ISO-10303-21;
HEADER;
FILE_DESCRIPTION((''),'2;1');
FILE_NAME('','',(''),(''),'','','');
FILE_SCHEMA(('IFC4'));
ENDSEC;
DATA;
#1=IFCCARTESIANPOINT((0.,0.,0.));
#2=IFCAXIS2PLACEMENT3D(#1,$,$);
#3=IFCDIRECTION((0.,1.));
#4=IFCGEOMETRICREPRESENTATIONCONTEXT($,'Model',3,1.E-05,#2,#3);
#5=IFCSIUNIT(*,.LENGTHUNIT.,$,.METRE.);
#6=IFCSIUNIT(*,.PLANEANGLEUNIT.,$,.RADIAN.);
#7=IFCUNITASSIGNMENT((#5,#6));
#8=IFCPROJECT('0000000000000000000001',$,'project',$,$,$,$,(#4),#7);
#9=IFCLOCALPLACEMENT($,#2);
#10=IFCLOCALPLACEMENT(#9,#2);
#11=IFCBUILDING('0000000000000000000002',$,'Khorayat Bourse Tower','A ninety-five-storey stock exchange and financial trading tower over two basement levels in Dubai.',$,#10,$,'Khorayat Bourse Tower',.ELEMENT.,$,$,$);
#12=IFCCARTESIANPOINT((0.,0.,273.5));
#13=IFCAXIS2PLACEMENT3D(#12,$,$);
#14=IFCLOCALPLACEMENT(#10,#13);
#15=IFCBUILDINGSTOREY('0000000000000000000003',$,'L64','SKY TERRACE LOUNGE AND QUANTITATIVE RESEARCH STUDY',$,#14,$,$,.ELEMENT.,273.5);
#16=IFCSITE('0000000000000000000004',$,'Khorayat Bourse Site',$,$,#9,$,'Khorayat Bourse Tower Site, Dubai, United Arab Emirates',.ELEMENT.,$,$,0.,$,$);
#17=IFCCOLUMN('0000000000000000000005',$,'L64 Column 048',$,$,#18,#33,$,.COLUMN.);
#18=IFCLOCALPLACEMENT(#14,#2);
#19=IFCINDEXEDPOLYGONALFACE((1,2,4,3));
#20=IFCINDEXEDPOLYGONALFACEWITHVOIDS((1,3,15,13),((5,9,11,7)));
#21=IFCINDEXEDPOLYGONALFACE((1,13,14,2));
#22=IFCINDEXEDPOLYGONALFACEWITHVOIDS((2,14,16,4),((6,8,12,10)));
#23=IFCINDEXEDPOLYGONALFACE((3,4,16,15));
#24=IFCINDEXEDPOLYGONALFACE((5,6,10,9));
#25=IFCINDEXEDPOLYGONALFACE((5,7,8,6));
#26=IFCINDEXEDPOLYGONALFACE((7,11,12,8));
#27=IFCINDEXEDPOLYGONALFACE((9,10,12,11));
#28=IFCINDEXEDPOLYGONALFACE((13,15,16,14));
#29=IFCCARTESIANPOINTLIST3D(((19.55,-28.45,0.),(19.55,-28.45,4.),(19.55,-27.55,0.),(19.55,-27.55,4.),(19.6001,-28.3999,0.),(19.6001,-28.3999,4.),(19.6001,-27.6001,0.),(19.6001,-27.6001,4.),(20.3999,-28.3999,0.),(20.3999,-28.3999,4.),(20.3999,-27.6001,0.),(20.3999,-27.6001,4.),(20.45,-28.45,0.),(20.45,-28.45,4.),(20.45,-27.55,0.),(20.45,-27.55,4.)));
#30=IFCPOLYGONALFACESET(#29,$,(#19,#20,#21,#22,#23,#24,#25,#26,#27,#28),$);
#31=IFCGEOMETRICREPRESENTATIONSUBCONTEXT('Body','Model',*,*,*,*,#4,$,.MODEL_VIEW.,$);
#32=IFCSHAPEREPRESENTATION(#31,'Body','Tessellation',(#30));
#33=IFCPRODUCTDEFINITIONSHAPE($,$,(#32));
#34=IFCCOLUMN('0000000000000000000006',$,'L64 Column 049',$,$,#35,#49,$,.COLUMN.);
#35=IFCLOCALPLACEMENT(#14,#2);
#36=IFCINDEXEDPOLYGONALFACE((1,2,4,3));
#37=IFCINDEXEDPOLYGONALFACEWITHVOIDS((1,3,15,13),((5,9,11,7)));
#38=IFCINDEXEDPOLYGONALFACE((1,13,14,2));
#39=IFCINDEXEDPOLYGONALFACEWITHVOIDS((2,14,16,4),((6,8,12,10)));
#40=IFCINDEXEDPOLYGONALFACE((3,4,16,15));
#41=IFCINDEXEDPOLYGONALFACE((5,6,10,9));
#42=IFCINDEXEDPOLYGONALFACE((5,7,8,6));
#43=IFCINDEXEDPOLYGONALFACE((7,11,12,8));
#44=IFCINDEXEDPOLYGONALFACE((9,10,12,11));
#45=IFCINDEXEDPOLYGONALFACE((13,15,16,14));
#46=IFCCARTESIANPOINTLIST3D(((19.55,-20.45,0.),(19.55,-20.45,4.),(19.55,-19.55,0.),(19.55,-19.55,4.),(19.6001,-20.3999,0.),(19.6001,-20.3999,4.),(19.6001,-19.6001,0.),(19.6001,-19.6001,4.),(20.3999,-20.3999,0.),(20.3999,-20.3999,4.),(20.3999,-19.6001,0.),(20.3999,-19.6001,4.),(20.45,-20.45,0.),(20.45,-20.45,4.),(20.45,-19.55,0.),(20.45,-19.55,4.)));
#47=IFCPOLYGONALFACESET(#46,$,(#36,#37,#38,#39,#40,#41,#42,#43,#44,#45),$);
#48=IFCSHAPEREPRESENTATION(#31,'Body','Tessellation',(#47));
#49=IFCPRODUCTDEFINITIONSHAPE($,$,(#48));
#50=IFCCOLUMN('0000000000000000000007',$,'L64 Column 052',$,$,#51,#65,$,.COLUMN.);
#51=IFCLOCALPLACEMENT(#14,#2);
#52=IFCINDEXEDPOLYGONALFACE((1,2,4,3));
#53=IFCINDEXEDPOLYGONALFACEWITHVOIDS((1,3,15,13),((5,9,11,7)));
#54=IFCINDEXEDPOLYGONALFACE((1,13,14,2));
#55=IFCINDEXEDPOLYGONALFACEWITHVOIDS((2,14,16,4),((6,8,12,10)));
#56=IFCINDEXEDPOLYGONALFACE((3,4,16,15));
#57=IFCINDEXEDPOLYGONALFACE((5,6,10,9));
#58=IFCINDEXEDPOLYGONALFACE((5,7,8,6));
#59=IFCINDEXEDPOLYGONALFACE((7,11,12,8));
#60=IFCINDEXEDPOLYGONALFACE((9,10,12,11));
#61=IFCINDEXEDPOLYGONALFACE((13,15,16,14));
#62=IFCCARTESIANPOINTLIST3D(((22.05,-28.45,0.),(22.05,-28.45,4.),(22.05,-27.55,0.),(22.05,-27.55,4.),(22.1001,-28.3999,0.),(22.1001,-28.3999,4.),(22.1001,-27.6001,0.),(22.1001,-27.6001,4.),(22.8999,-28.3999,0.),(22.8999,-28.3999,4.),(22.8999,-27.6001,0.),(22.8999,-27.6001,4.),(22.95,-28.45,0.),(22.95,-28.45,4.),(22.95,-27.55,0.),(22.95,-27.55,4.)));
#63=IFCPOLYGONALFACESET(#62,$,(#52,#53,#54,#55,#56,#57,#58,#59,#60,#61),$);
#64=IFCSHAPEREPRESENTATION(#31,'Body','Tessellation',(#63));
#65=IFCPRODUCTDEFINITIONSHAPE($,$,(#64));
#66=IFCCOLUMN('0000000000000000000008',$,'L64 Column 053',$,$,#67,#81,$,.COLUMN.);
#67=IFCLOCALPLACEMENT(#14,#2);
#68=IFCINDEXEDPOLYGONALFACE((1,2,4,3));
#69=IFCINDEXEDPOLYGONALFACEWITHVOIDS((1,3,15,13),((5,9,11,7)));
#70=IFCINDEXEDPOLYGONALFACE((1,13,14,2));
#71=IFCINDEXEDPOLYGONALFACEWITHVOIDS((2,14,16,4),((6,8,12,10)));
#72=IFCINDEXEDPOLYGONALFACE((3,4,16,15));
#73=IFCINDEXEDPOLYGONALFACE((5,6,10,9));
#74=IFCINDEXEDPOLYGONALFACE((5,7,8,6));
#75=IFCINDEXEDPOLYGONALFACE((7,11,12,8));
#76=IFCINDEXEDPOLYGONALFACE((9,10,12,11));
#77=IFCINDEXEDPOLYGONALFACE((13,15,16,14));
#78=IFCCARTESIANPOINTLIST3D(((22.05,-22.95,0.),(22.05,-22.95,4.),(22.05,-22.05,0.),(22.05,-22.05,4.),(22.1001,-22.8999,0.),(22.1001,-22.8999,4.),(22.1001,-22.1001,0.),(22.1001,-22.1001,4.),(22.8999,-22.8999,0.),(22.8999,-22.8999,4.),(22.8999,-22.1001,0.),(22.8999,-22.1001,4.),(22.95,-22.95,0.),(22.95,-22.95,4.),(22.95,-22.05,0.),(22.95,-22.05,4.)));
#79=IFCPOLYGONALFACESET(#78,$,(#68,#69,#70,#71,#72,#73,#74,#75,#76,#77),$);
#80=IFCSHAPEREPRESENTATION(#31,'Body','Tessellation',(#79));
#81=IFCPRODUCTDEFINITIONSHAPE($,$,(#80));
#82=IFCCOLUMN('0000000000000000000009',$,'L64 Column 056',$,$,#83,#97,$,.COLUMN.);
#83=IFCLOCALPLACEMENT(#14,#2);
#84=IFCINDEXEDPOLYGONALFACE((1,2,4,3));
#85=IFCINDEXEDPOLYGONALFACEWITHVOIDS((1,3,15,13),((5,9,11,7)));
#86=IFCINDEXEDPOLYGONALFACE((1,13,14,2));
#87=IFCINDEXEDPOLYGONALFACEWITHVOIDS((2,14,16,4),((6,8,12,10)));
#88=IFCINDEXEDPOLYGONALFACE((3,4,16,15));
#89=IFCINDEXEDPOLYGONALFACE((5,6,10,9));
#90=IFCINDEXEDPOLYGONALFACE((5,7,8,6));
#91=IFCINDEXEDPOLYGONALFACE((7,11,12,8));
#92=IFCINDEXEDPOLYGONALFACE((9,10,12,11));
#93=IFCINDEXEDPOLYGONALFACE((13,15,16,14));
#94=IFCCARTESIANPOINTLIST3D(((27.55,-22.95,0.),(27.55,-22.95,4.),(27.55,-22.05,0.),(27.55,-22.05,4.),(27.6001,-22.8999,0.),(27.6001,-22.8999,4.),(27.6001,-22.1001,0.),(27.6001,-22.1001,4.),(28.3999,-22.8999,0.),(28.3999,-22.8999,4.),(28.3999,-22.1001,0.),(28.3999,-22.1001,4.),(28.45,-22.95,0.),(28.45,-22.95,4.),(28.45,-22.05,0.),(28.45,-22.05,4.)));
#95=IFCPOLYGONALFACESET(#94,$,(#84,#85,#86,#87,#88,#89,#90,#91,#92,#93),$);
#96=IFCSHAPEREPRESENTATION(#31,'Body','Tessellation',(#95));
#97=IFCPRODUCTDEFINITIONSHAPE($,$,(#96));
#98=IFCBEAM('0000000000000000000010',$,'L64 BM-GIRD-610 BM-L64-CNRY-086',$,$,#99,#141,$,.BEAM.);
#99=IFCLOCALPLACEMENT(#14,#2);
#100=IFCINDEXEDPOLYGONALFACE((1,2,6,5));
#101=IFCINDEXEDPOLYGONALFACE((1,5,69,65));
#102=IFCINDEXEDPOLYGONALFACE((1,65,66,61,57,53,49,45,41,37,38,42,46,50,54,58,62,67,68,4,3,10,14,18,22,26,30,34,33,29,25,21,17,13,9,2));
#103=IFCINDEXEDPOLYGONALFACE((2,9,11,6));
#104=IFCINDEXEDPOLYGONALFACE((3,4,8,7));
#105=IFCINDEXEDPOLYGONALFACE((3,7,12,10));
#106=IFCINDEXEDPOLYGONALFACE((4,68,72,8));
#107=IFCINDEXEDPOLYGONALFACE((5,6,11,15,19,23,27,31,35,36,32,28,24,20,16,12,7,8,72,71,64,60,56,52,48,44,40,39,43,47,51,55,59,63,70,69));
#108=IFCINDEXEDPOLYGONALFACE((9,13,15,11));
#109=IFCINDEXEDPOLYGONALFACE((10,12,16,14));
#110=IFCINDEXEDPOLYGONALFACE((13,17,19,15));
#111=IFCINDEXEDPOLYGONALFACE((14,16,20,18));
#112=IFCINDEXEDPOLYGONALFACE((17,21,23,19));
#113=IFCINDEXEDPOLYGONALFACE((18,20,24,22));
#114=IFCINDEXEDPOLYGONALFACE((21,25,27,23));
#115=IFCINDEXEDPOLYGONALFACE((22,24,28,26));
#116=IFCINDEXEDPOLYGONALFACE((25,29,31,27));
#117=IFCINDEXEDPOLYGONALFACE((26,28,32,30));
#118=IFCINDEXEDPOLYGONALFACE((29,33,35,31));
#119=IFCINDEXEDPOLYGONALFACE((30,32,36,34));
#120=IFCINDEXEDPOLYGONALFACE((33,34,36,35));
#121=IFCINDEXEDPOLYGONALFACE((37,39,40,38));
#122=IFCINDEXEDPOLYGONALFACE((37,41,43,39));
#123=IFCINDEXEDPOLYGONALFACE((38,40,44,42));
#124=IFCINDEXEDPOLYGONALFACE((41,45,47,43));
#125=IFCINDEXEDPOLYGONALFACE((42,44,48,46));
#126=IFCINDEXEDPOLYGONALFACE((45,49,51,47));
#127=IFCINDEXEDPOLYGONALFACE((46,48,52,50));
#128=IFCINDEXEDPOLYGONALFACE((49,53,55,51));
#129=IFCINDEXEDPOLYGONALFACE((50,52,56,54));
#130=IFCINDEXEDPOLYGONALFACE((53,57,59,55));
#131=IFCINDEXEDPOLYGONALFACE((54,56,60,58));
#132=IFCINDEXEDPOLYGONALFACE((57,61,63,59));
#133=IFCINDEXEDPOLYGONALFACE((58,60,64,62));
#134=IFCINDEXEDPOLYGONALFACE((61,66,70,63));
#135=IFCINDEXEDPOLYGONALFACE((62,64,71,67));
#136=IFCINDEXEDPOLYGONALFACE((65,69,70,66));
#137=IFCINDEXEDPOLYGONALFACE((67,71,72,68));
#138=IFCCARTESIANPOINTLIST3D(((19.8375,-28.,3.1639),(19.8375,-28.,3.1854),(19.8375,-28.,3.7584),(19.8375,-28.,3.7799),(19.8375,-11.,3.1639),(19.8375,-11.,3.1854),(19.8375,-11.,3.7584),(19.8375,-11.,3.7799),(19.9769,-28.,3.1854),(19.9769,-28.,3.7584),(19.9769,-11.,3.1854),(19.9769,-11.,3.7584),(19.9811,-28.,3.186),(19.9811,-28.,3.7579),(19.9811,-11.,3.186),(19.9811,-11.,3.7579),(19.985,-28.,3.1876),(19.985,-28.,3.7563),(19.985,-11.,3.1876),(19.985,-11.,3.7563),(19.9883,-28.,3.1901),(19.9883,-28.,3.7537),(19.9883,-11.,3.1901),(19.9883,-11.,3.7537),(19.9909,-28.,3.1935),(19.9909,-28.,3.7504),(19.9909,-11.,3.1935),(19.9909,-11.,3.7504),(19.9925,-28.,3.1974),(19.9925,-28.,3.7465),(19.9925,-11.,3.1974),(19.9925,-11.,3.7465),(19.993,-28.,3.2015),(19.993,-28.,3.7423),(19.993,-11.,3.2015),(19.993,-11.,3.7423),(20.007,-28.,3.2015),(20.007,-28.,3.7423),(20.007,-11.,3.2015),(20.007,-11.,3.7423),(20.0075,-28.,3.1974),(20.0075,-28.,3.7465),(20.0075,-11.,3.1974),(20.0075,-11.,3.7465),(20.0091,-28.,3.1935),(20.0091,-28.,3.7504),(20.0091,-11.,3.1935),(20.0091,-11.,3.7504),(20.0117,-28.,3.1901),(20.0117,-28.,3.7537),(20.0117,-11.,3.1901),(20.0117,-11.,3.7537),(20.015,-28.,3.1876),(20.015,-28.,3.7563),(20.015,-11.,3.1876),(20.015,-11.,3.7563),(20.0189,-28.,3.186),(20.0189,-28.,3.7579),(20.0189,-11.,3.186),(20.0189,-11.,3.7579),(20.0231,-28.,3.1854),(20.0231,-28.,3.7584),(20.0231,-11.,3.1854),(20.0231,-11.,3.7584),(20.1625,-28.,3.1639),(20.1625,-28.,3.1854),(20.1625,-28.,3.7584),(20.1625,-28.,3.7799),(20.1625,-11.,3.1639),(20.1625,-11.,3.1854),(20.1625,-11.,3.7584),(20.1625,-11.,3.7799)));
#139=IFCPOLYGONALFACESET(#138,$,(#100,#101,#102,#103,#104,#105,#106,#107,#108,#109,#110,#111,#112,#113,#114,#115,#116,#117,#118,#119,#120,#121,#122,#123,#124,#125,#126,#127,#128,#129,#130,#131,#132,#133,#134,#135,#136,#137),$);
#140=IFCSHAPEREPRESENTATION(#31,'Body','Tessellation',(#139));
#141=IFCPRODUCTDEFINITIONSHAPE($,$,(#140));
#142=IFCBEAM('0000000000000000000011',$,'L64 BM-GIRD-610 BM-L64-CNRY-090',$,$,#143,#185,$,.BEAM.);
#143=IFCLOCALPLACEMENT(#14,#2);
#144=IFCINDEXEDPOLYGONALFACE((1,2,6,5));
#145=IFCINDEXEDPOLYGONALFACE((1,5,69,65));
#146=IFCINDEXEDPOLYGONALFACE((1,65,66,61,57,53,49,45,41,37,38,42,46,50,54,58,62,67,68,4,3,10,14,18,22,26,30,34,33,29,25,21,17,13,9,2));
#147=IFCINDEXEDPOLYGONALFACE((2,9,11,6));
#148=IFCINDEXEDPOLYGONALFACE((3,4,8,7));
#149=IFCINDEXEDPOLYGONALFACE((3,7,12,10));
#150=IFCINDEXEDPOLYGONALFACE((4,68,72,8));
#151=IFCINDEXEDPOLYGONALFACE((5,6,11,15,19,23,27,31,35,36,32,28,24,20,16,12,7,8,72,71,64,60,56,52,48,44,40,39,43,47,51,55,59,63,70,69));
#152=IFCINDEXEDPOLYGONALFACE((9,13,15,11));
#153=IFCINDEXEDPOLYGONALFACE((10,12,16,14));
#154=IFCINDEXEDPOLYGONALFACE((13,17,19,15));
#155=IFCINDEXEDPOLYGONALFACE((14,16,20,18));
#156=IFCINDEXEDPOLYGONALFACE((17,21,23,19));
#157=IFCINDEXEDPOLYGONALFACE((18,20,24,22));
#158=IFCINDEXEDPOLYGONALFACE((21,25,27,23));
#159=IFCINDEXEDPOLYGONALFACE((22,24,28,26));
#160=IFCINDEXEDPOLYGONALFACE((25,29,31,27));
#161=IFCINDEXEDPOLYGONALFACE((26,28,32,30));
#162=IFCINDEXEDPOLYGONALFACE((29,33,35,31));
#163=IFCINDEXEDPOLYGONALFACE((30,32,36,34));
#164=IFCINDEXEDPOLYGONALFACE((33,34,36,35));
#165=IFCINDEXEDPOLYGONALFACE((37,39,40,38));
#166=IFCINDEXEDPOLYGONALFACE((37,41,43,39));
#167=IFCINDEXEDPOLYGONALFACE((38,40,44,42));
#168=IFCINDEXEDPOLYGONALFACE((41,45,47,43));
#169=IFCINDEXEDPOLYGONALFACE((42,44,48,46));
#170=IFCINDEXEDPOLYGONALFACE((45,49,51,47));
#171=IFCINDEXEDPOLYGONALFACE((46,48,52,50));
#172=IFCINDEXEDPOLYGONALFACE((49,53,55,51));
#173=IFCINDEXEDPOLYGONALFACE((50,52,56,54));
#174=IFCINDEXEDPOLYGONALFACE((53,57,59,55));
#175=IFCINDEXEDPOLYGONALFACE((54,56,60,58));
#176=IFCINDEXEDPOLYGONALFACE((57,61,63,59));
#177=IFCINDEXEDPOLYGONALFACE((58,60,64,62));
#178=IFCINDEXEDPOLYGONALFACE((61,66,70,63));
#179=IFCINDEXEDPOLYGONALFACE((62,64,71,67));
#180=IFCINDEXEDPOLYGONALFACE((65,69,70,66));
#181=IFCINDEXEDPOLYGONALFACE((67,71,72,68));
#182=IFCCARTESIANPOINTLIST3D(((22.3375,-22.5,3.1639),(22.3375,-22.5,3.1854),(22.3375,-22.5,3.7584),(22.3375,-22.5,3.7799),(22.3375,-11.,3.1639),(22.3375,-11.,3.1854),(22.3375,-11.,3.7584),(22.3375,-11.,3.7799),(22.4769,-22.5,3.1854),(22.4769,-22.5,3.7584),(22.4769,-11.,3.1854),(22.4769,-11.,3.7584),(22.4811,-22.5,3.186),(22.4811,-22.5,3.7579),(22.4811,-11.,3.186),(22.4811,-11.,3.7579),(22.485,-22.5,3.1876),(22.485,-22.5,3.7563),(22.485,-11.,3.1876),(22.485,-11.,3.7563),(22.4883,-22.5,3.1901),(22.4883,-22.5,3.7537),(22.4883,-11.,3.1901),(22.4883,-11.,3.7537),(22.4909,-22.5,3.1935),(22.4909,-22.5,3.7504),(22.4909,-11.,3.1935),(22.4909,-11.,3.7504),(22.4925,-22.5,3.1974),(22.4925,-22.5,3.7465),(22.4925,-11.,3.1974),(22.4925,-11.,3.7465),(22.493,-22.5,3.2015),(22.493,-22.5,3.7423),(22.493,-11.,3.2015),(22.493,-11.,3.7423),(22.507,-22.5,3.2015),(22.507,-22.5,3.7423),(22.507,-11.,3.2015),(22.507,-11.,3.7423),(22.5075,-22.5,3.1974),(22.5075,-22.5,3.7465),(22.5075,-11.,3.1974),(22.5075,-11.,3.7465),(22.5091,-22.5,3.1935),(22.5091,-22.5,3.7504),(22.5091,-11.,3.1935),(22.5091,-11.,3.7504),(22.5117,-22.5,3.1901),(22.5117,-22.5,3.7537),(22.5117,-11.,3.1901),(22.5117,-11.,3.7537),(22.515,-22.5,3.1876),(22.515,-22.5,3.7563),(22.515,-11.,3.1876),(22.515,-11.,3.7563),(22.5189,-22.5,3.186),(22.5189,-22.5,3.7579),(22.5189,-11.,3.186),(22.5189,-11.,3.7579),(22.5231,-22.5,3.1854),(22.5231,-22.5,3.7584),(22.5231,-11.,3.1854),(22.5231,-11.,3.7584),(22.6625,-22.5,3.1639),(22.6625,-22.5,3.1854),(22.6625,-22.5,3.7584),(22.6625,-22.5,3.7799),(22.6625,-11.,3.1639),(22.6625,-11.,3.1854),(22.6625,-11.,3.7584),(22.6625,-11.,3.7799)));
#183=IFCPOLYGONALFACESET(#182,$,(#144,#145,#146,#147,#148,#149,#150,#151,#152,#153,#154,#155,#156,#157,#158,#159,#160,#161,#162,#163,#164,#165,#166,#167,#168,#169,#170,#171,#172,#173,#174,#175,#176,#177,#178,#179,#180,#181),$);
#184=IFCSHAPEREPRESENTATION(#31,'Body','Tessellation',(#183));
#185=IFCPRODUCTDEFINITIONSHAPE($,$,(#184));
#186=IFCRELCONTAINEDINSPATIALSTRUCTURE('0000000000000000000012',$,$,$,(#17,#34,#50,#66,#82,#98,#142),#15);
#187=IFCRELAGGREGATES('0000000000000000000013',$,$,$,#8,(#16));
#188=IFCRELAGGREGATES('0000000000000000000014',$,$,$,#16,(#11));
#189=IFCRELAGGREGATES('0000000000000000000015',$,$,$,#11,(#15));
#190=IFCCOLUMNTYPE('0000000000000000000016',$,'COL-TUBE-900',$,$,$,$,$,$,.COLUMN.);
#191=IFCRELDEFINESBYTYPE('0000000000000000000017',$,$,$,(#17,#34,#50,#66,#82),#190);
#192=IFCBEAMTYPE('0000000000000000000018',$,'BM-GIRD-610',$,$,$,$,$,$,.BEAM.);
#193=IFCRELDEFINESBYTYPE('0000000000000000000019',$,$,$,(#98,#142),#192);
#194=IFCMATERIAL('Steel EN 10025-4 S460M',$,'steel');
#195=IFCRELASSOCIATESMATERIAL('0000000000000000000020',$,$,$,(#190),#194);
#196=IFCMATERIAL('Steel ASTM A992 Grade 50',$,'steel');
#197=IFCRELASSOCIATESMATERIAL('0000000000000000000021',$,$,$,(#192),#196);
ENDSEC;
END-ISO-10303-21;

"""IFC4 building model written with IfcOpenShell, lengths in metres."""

from ifc_helpers import new_model, si_unit, direction, frame, origin, origin_2d, place, context, subcontext, project, spatial, hollow_rectangle, i_section, extrude, source, transform, mapped, material, material_profile, profile_set, type_object, element, save


model = new_model("IFC4")

# Units and contexts
model_context = context("Model", 3, precision=1e-05, world=origin(), true_north=direction((0.0, 1.0)))
body_context = subcontext(model_context, "Body", "Model", "MODEL_VIEW")
ifc_project = project(units=[si_unit("LENGTHUNIT", "METRE"), si_unit("PLANEANGLEUNIT", "RADIAN")], contexts=[model_context])

# Site, building, storey
site_placement = place(None, origin())
site = spatial("IfcSite", under=ifc_project, at=site_placement, Name="Khorayat Bourse Site", LongName="Khorayat Bourse Tower Site, Dubai, United Arab Emirates", CompositionType="ELEMENT", RefElevation=0.0)
building_placement = place(site_placement, origin())
building = spatial("IfcBuilding", under=site, at=building_placement, Name="Khorayat Bourse Tower", Description="A ninety-five-storey stock exchange and financial trading tower over two basement levels in Dubai.", LongName="Khorayat Bourse Tower", CompositionType="ELEMENT")
storey_placement = place(building_placement, frame((0.0, 0.0, 273.5)))
storey = spatial("IfcBuildingStorey", under=building, at=storey_placement, Name="L64", Description="SKY TERRACE LOUNGE AND QUANTITATIVE RESEARCH STUDY", CompositionType="ELEMENT", Elevation=273.5)

# Columns
ifc_material_1 = material(Name="Steel EN 10025-4 S460M", Category="steel")
ifc_material_profile_1 = material_profile(ifc_material_1, hollow_rectangle(XDim=0.8999, YDim=0.8999, WallThickness=0.05, at=origin_2d()), Name="BOX 900x900x50")
ifc_profile_set_1 = profile_set([ifc_material_profile_1], Name="Steel EN 10025-4 S460M")
column_type = type_object("IfcColumnType", Name="COL-TUBE-900", PredefinedType="COLUMN", material=ifc_profile_set_1)
shared_shape_1 = source(origin(), body_context, "Body", "SweptSolid", [
    extrude(hollow_rectangle(XDim=0.8999, YDim=0.8999, WallThickness=0.05, at=origin_2d()), origin(), (0.0, 0.0, 1.0), 4.0),
])
for number, where, z_axis, x_axis, name in (
    (1, (20.0, -28.0, 0.0), (0.0, 0.0, 1.0), (1.0, 0.0, 0.0), "L64 Column 048"),
    (2, (20.0, -20.0, 0.0), (0.0, 0.0, 1.0), (1.0, 0.0, 0.0), "L64 Column 049"),
    (3, (22.5, -28.0, 0.0), (0.0, 0.0, 1.0), (1.0, 0.0, 0.0), "L64 Column 052"),
    (4, (22.5, -22.5, 0.0), (0.0, 0.0, 1.0), (1.0, 0.0, 0.0), "L64 Column 053"),
    (5, (28.0, -22.5, 0.0), (0.0, 0.0, 1.0), (1.0, 0.0, 0.0), "L64 Column 056"),
):
    element("IfcColumn", number, at=place(storey_placement, frame(where, z_axis=z_axis, x_axis=x_axis)), inside=storey, type_object=column_type, Name=name, PredefinedType="COLUMN", context=body_context, shape_type="MappedRepresentation", body=[
        mapped(shared_shape_1, transform((0.0, 0.0, 0.0), scale=1.0)),
    ])

# Beams
ifc_material_2 = material(Name="Steel ASTM A992 Grade 50", Category="steel")
ifc_material_profile_2 = material_profile(ifc_material_2, i_section(OverallWidth=0.325, OverallDepth=0.616, WebThickness=0.0139, FlangeThickness=0.0215, FilletRadius=0.0161, at=origin_2d()), Name="W610X174")
ifc_profile_set_2 = profile_set([ifc_material_profile_2], Name="Steel ASTM A992 Grade 50")
beam_type_1 = type_object("IfcBeamType", Name="BM-GIRD-610", PredefinedType="BEAM", material=ifc_profile_set_2)
shared_shape_2 = source(origin(), body_context, "Body", "SweptSolid", [
    extrude(i_section(OverallWidth=0.325, OverallDepth=0.616, WebThickness=0.0139, FlangeThickness=0.0215, FilletRadius=0.0161, at=origin_2d()), origin(), (0.0, 0.0, 1.0), 17.0),
])
beam_1_placement = place(storey_placement, frame((20.0, -28.0, 3.4719), z_axis=(0.0, 1.0, 0.0), x_axis=(-1.0, 0.0, 0.0)))
element("IfcBeam", 6, at=beam_1_placement, inside=storey, type_object=beam_type_1, Name="L64 BM-GIRD-610 BM-L64-CNRY-086", PredefinedType="BEAM", context=body_context, shape_type="MappedRepresentation", body=[
    mapped(shared_shape_2, transform((0.0, 0.0, 0.0), scale=1.0)),
])
shared_shape_3 = source(origin(), body_context, "Body", "SweptSolid", [
    extrude(i_section(OverallWidth=0.325, OverallDepth=0.616, WebThickness=0.0139, FlangeThickness=0.0215, FilletRadius=0.0161, at=origin_2d()), origin(), (0.0, 0.0, 1.0), 11.5),
])
beam_2_placement = place(storey_placement, frame((22.5, -22.5, 3.4719), z_axis=(0.0, 1.0, 0.0), x_axis=(-1.0, 0.0, 0.0)))
element("IfcBeam", 7, at=beam_2_placement, inside=storey, type_object=beam_type_1, Name="L64 BM-GIRD-610 BM-L64-CNRY-090", PredefinedType="BEAM", context=body_context, shape_type="MappedRepresentation", body=[
    mapped(shared_shape_3, transform((0.0, 0.0, 0.0), scale=1.0)),
])

save(model, "model.ifc")
